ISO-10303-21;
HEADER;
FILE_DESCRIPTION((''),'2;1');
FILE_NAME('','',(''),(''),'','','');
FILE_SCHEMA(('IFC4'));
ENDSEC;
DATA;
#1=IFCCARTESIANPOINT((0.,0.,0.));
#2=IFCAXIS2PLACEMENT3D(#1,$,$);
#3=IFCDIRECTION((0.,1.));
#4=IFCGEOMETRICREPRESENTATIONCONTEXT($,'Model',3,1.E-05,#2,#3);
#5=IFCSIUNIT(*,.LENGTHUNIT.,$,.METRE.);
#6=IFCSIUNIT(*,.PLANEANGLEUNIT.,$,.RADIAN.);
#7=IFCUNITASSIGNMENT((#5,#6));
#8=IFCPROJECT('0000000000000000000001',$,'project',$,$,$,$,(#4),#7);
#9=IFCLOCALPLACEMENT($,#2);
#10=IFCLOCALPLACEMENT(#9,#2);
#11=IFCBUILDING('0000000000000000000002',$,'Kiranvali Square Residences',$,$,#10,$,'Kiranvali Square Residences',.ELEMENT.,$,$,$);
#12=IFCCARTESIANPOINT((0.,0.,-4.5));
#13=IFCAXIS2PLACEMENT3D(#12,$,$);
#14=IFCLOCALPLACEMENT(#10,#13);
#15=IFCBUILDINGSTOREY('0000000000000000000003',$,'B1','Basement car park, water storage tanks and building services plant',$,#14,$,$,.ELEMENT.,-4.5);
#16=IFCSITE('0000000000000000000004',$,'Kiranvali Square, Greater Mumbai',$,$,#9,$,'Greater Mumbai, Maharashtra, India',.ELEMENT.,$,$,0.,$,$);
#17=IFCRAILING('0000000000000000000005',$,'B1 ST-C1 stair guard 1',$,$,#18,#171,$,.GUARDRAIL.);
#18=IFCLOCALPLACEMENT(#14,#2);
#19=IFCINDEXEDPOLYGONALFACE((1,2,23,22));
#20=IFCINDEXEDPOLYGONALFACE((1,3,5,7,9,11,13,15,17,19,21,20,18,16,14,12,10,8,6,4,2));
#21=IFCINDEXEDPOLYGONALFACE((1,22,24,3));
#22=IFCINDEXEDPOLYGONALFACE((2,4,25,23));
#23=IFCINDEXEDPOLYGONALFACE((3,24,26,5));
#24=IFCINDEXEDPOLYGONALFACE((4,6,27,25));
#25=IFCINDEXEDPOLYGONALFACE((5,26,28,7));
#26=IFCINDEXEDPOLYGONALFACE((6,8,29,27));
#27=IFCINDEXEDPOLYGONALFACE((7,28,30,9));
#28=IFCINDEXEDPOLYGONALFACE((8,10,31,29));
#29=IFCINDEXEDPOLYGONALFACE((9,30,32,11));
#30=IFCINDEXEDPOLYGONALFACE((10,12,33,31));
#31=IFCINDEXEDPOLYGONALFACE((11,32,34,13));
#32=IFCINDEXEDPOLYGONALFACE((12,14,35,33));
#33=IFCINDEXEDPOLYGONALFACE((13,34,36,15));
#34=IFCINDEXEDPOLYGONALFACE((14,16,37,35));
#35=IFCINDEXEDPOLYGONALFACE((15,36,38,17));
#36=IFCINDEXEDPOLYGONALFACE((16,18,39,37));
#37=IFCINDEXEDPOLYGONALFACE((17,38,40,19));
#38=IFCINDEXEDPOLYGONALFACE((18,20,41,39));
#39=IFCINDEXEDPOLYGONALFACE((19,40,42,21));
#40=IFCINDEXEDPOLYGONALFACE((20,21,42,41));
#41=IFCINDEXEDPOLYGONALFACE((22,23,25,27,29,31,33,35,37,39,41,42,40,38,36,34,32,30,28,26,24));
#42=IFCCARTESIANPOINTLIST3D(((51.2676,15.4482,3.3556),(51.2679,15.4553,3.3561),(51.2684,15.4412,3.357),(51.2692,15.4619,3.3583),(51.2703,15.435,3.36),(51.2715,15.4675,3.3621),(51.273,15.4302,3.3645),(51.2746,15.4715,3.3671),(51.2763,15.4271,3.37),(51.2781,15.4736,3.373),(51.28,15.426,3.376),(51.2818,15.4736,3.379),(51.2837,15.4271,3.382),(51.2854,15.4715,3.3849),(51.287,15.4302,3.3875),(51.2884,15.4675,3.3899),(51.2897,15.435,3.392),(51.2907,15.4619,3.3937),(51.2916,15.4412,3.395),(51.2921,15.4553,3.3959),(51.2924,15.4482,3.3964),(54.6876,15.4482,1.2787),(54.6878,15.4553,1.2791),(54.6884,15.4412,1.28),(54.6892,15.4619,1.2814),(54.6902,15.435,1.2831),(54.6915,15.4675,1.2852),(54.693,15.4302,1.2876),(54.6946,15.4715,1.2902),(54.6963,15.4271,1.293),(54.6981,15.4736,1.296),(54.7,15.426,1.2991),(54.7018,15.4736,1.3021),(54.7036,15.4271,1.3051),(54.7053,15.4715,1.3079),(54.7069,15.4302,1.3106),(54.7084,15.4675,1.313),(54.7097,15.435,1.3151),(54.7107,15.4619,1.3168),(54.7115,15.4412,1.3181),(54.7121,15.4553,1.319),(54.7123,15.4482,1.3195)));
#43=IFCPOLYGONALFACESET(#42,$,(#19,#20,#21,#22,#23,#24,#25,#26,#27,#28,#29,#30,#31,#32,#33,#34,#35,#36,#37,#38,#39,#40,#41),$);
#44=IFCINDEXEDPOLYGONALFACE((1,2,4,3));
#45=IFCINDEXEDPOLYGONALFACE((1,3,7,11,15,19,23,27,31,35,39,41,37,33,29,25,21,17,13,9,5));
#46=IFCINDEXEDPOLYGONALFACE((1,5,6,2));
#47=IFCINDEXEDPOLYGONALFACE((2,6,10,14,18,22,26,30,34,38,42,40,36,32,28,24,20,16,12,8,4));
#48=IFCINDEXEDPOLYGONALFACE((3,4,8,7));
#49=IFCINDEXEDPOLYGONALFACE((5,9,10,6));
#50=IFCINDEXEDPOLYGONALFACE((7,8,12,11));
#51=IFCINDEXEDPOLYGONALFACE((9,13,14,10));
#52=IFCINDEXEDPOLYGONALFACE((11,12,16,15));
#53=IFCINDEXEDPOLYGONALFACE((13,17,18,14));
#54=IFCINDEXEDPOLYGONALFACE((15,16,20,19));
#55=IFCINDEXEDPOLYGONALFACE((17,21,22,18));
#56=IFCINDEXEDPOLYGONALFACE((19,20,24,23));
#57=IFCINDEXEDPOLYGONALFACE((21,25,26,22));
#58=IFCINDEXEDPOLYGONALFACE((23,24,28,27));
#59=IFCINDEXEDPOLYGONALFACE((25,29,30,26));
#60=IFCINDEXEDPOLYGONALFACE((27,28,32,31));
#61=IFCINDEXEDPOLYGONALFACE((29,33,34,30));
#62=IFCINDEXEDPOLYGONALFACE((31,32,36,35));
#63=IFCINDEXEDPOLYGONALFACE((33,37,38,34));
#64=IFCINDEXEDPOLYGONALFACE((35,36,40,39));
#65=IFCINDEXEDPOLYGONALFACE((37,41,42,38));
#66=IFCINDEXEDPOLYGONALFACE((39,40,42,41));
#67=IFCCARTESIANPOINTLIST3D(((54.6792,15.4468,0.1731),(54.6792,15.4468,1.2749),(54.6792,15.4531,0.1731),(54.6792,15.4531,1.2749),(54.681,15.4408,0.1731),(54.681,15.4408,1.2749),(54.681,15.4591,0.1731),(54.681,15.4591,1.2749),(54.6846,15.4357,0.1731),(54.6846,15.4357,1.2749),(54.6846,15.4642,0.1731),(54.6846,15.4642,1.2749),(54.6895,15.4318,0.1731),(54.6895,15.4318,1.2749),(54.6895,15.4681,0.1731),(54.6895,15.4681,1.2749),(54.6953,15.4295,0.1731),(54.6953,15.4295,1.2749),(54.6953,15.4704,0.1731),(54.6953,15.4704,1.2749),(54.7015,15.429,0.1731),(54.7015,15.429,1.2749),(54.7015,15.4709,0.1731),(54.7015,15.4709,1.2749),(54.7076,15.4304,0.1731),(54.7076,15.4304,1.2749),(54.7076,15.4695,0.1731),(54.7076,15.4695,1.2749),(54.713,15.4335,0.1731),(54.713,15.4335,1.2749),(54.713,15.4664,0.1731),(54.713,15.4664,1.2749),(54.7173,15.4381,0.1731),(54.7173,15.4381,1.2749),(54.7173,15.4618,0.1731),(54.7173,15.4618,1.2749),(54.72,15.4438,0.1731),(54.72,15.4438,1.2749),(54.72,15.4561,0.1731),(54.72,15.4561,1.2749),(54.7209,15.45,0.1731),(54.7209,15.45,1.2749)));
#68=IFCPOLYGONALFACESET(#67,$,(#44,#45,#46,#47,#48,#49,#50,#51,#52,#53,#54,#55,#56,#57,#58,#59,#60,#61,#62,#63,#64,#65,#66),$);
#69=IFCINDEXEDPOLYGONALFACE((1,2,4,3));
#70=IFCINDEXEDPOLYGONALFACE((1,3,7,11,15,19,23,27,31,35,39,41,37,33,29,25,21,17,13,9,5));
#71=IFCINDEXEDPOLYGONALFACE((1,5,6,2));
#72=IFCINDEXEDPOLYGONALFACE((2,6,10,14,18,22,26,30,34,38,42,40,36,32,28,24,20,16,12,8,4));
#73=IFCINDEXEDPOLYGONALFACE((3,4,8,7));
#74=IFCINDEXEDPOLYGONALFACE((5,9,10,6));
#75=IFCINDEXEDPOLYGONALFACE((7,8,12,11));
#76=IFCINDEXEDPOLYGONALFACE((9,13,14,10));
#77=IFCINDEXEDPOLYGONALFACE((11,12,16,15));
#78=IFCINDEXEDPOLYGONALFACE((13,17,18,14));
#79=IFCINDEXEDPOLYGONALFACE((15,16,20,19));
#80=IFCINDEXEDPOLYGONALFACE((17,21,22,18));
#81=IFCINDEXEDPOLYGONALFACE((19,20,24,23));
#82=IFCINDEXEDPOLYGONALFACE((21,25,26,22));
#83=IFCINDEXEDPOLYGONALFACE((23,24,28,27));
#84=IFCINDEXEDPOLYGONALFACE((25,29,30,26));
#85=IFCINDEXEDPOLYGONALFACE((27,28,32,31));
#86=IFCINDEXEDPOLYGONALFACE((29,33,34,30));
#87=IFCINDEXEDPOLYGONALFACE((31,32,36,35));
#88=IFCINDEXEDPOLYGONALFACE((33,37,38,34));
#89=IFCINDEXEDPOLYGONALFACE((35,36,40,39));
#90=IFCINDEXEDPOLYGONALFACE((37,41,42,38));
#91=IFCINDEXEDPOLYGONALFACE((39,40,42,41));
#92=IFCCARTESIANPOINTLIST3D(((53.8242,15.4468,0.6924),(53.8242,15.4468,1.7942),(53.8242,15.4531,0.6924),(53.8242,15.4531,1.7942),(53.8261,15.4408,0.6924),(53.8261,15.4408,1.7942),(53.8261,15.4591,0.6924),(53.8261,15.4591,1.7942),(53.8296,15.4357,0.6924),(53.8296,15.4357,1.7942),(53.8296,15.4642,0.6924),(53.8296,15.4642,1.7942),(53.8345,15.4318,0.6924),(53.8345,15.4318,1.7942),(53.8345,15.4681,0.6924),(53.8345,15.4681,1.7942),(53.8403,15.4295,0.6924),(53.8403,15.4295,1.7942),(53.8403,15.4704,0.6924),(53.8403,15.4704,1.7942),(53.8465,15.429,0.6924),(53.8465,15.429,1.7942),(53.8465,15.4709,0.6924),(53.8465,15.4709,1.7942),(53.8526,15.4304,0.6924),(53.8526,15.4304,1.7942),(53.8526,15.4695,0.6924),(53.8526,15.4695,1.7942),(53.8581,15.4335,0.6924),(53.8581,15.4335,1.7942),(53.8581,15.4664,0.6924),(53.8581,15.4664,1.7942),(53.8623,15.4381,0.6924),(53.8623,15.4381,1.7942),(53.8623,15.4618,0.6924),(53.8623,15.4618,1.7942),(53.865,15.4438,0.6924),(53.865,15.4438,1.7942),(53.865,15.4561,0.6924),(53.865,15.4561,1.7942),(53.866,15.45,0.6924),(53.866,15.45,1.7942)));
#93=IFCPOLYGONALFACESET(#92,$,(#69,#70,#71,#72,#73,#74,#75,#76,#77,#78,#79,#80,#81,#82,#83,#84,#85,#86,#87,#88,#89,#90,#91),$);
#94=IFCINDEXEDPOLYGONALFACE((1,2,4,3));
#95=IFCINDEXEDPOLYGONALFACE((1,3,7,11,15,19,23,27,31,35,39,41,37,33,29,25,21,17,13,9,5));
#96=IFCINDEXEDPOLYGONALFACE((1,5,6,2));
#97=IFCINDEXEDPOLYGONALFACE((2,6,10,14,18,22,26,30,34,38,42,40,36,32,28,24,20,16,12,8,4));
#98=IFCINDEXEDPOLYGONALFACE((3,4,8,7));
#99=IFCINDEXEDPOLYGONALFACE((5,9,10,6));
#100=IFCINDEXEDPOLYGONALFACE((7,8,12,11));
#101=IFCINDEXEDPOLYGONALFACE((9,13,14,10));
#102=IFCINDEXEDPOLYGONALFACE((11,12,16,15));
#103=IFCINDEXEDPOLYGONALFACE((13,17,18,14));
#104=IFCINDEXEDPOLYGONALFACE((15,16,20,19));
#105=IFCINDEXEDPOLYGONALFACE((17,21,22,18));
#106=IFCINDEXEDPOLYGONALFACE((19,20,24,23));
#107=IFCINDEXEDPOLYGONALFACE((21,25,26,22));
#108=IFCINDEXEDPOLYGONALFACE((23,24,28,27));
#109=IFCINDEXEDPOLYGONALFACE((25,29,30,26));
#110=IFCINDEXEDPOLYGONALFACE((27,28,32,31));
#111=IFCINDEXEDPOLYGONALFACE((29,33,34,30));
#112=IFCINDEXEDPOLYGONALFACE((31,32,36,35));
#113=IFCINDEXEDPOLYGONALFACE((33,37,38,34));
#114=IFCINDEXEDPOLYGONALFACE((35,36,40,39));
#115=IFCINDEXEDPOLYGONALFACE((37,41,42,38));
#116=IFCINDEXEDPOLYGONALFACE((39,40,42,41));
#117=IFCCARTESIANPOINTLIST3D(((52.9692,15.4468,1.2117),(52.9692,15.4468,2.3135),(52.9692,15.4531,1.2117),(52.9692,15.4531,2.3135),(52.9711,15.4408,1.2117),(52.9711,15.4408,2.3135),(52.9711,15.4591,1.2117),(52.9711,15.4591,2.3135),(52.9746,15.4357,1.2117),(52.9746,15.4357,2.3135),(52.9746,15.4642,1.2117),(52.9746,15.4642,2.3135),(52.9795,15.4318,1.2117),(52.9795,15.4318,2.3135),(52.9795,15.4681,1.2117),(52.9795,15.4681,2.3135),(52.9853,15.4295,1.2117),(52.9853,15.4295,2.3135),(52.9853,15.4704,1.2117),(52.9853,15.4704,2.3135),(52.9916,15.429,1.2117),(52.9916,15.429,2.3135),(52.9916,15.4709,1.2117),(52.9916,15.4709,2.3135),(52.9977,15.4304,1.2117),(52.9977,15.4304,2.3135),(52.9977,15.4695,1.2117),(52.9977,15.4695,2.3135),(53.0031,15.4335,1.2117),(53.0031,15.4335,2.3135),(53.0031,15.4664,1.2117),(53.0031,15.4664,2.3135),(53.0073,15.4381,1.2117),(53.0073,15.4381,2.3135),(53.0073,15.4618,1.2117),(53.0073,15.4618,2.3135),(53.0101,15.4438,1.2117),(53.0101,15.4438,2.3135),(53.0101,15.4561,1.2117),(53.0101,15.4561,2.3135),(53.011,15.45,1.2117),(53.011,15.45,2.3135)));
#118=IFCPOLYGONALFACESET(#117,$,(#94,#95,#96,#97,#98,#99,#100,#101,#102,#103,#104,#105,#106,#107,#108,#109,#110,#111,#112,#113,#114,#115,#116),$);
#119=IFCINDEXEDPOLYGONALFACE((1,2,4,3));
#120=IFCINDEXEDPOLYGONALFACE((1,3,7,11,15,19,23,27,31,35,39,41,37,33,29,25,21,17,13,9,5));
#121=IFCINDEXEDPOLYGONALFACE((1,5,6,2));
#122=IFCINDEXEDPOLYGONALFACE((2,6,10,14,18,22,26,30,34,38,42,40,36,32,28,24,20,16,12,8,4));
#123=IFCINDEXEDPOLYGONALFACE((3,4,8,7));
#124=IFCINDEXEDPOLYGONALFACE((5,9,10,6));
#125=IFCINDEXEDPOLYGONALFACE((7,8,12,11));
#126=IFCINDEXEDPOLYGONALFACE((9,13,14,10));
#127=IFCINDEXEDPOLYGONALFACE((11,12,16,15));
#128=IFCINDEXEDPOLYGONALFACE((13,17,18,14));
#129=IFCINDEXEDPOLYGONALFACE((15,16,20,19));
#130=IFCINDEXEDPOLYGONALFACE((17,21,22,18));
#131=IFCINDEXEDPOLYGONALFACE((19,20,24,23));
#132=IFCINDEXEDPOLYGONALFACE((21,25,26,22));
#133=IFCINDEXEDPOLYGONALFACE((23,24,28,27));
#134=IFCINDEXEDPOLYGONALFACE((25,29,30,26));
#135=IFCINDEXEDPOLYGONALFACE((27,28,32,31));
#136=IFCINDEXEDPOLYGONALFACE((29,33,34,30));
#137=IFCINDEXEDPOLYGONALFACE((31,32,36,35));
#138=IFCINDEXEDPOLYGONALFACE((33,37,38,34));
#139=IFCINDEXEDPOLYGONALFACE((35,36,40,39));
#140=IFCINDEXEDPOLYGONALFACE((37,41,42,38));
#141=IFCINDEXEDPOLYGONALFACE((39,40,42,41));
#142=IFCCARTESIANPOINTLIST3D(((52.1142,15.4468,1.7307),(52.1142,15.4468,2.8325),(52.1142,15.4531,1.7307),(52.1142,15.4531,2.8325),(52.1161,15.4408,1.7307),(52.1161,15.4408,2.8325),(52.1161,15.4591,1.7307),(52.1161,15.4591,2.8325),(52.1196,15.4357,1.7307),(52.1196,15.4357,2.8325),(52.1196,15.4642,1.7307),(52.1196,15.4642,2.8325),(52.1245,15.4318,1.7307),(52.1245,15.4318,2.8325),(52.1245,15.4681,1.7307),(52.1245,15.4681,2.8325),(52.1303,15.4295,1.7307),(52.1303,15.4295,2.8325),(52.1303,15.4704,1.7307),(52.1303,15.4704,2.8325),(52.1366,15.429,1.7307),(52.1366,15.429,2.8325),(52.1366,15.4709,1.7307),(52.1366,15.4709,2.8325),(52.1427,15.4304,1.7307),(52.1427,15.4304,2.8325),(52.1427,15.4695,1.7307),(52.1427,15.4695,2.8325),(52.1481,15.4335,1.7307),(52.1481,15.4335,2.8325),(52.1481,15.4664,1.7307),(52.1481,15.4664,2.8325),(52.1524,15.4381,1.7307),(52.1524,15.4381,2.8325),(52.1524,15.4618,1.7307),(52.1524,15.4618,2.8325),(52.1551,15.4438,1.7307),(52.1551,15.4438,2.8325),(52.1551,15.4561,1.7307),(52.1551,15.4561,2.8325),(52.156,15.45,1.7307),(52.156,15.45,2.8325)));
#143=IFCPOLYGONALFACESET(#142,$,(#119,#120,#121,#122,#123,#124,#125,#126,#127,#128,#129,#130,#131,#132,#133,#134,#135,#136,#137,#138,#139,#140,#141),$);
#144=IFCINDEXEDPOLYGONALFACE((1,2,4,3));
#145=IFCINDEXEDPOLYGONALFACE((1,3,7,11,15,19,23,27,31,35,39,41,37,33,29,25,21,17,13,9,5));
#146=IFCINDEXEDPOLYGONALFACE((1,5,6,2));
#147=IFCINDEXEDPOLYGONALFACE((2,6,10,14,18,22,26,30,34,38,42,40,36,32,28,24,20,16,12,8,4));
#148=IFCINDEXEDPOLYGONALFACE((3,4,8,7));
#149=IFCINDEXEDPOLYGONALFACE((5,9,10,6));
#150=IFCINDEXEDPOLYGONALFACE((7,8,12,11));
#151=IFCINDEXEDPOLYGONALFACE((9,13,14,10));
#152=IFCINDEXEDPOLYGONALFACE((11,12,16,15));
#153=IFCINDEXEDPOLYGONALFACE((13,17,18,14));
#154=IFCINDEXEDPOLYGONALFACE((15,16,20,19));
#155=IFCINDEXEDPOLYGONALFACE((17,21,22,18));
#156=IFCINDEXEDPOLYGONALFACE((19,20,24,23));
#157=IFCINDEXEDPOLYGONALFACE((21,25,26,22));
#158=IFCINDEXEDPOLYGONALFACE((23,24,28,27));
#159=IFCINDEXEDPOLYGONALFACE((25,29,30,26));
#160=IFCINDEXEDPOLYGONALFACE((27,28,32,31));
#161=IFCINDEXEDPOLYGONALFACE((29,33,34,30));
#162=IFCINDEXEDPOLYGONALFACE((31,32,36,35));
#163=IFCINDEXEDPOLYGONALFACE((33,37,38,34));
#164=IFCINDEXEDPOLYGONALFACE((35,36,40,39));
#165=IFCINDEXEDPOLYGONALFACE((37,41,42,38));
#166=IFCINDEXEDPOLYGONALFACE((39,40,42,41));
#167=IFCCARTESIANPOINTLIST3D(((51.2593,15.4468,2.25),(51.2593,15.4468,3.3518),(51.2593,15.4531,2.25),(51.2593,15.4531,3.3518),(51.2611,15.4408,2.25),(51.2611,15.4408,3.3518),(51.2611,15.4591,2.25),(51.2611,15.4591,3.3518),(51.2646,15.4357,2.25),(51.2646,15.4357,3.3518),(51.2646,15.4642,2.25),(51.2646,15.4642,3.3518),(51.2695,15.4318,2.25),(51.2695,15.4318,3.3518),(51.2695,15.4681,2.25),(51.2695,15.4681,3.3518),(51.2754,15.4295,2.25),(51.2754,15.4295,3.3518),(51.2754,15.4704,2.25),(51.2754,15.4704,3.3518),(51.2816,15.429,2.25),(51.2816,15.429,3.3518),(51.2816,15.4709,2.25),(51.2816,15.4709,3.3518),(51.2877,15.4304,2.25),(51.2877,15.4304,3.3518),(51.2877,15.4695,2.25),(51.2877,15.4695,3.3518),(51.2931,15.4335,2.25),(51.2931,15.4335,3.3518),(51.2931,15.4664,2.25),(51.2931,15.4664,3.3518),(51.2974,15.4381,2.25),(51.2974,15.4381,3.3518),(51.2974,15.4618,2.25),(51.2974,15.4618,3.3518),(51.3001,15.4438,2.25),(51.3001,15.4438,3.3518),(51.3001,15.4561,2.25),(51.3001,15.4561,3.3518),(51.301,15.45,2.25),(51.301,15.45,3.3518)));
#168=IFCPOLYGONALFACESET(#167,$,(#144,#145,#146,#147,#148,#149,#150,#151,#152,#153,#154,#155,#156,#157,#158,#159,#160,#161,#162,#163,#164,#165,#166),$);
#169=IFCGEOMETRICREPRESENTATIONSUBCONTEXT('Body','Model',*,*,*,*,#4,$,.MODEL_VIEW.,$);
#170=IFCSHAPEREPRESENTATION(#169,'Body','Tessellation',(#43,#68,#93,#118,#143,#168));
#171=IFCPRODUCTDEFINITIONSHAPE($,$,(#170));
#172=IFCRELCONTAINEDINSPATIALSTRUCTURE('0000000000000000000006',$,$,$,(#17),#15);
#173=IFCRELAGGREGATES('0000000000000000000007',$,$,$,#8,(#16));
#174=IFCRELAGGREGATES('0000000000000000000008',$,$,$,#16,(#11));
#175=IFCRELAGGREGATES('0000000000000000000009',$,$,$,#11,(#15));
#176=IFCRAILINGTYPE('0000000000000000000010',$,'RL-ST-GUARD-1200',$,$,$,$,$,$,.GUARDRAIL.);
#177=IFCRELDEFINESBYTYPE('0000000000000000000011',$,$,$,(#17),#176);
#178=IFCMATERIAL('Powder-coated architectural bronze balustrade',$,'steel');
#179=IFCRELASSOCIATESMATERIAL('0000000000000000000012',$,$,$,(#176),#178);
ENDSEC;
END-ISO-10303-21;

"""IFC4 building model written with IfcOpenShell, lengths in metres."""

from ifc_helpers import new_model, si_unit, direction, frame, origin, origin_2d, place, context, subcontext, project, spatial, circle, extrude, material, type_object, element, save


model = new_model("IFC4")

# Units and contexts
model_context = context("Model", 3, precision=1e-05, world=origin(), true_north=direction((0.0, 1.0)))
body_context = subcontext(model_context, "Body", "Model", "MODEL_VIEW")
ifc_project = project(units=[si_unit("LENGTHUNIT", "METRE"), si_unit("PLANEANGLEUNIT", "RADIAN")], contexts=[model_context])

# Site, building, storey
site_placement = place(None, origin())
site = spatial("IfcSite", under=ifc_project, at=site_placement, Name="Kiranvali Square, Greater Mumbai", LongName="Greater Mumbai, Maharashtra, India", CompositionType="ELEMENT", RefElevation=0.0)
building_placement = place(site_placement, origin())
building = spatial("IfcBuilding", under=site, at=building_placement, Name="Kiranvali Square Residences", LongName="Kiranvali Square Residences", CompositionType="ELEMENT")
storey_placement = place(building_placement, frame((0.0, 0.0, -4.5)))
storey = spatial("IfcBuildingStorey", under=building, at=storey_placement, Name="B1", Description="Basement car park, water storage tanks and building services plant", CompositionType="ELEMENT", Elevation=-4.5)

# Railing
ifc_material_1 = material(Name="Powder-coated architectural bronze balustrade", Category="steel")
railing_type_1 = type_object("IfcRailingType", Name="RL-ST-GUARD-1200", PredefinedType="GUARDRAIL", material=ifc_material_1)
railing_1_placement = place(storey_placement, frame((54.7, 15.45, 0.1731)))
element("IfcRailing", 1, at=railing_1_placement, inside=storey, type_object=railing_type_1, Name="B1 ST-C1 stair guard 1", PredefinedType="GUARDRAIL", context=body_context, shape_type="SweptSolid", body=[
    extrude(circle(Radius=0.0239, at=origin_2d()), frame((0.0, 0.0, 1.126), z_axis=(-0.85473, 0.0, 0.519074), x_axis=(0.0, -1.0, 0.0)), (0.0, 0.0, 1.0), 4.0012),
    extrude(circle(Radius=0.021, at=origin_2d()), origin(), (0.0, 0.0, 1.0), 1.1018),
    extrude(circle(Radius=0.021, at=origin_2d()), frame((-0.855, 0.0, 0.5193)), (0.0, 0.0, 1.0), 1.1018),
    extrude(circle(Radius=0.021, at=origin_2d()), frame((-1.71, 0.0, 1.0386)), (0.0, 0.0, 1.0), 1.1018),
    extrude(circle(Radius=0.021, at=origin_2d()), frame((-2.5649, 0.0, 1.5576)), (0.0, 0.0, 1.0), 1.1018),
    extrude(circle(Radius=0.021, at=origin_2d()), frame((-3.4199, 0.0, 2.0769)), (0.0, 0.0, 1.0), 1.1018),
])

save(model, "model.ifc")
